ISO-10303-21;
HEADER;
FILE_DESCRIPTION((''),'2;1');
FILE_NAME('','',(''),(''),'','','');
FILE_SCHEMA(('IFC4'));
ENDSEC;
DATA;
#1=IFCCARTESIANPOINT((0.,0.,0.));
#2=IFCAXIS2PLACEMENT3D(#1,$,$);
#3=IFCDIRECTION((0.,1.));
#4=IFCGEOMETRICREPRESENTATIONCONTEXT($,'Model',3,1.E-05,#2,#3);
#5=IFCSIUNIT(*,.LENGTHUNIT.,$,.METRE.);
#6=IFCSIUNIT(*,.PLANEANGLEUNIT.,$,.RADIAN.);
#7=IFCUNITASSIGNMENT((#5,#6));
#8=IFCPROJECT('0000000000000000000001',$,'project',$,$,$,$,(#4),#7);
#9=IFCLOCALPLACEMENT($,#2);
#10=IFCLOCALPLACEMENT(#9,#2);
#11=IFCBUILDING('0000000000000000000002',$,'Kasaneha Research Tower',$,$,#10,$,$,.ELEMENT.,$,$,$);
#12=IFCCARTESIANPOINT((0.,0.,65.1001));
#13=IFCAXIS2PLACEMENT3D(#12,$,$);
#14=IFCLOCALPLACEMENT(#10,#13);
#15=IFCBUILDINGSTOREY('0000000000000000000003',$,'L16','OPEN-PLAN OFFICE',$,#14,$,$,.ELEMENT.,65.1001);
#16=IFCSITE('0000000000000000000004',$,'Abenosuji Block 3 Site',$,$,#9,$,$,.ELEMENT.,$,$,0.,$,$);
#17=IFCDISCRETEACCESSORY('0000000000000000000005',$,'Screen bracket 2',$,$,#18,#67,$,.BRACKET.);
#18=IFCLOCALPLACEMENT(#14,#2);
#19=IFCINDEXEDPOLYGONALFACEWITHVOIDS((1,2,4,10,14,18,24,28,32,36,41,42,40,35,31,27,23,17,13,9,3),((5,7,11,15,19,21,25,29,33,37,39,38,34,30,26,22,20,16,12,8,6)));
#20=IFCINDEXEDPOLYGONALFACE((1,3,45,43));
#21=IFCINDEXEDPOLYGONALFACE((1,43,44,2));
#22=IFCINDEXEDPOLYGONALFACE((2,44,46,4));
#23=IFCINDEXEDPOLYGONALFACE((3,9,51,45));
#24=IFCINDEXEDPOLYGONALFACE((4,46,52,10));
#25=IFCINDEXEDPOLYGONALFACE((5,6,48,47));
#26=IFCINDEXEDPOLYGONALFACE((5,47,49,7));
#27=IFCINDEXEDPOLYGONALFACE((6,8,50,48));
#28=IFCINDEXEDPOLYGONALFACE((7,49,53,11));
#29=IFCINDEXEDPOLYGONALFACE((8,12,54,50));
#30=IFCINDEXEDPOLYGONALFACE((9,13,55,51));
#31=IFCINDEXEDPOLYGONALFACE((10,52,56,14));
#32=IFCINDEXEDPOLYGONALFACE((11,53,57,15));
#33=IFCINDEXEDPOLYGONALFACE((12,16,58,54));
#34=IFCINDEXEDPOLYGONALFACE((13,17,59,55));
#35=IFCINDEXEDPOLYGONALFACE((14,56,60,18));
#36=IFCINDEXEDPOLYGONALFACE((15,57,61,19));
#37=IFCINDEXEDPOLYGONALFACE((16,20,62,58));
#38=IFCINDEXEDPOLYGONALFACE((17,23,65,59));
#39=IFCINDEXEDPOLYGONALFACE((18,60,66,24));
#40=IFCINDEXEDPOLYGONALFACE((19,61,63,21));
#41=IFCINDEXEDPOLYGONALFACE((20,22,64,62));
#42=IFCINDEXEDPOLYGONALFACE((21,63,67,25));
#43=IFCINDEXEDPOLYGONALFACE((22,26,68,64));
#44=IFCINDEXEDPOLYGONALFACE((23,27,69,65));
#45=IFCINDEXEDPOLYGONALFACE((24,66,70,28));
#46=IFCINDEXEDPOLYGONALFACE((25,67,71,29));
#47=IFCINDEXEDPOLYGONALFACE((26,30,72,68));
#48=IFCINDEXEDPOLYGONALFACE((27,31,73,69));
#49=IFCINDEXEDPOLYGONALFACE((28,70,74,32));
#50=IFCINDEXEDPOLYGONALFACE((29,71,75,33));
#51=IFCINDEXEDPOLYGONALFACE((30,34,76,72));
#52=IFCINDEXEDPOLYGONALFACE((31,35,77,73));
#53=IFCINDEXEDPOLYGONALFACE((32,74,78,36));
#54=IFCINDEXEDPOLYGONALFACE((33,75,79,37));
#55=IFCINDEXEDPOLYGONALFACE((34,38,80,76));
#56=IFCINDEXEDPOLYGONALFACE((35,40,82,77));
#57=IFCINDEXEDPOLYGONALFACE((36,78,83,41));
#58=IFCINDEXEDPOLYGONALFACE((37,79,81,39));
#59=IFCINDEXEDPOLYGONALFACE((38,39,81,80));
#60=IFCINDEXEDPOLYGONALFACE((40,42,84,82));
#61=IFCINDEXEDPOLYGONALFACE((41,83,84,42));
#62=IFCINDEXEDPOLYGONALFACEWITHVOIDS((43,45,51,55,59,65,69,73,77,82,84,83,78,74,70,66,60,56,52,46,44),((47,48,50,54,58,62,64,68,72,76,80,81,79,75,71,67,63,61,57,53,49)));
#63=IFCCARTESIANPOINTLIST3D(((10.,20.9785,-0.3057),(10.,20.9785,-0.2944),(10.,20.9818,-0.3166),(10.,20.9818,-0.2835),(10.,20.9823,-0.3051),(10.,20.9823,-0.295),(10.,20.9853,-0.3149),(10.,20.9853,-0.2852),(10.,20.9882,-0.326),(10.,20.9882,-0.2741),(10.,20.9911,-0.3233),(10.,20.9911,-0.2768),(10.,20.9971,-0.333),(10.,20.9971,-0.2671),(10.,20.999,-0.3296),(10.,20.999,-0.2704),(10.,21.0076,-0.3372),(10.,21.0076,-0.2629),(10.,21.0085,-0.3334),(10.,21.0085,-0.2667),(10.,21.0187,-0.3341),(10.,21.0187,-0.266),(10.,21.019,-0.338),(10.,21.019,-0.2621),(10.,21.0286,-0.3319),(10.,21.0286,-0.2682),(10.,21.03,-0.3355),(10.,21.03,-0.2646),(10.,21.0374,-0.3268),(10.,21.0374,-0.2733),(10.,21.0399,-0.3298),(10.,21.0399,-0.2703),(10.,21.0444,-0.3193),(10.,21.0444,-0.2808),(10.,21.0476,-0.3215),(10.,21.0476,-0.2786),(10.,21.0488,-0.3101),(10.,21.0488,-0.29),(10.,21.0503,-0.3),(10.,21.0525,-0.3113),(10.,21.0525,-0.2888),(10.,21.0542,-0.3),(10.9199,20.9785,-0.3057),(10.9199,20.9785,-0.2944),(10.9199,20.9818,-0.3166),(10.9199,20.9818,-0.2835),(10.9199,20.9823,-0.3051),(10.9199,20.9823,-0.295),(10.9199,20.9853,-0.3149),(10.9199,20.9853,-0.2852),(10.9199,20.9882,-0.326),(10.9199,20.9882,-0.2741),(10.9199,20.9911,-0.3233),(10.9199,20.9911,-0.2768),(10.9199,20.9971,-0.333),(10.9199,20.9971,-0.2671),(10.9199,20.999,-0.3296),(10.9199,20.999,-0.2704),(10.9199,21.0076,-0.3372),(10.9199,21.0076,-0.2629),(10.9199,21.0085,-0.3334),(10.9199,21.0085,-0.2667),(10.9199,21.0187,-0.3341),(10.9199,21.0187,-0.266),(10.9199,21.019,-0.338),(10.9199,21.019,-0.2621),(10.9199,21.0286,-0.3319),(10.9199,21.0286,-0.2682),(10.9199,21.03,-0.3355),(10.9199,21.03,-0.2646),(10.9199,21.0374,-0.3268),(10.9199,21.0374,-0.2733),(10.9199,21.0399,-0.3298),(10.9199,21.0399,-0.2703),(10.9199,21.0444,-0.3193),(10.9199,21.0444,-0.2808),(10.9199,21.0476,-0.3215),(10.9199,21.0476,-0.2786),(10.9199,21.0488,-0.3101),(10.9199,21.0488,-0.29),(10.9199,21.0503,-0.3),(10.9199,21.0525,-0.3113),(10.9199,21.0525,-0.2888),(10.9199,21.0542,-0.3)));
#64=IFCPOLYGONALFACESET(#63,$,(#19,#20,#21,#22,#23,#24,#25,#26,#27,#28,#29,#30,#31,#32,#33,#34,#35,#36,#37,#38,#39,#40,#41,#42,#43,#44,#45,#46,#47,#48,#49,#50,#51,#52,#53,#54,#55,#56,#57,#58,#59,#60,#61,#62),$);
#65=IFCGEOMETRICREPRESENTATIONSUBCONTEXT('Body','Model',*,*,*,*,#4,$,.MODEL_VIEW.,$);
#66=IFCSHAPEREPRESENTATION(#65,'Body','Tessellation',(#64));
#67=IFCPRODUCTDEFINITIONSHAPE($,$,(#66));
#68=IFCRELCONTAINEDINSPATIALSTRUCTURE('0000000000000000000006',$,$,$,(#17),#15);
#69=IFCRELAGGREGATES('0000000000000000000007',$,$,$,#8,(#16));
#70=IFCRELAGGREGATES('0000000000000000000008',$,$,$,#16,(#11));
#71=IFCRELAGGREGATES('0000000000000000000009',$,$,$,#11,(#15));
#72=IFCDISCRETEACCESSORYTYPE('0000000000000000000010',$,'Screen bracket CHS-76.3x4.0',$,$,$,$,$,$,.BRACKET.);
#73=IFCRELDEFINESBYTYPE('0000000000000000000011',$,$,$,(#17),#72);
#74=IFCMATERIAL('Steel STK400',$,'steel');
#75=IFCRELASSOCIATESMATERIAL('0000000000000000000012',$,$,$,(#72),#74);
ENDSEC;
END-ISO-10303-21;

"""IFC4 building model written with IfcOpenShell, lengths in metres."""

from ifc_helpers import new_model, si_unit, direction, frame, origin, origin_2d, place, context, subcontext, project, spatial, hollow_circle, extrude, material, material_profile, profile_set, type_object, element, save


model = new_model("IFC4")

# Units and contexts
model_context = context("Model", 3, precision=1e-05, world=origin(), true_north=direction((0.0, 1.0)))
body_context = subcontext(model_context, "Body", "Model", "MODEL_VIEW")
ifc_project = project(units=[si_unit("LENGTHUNIT", "METRE"), si_unit("PLANEANGLEUNIT", "RADIAN")], contexts=[model_context])

# Site, building, storey
site_placement = place(None, origin())
site = spatial("IfcSite", under=ifc_project, at=site_placement, Name="Abenosuji Block 3 Site", CompositionType="ELEMENT", RefElevation=0.0)
building_placement = place(site_placement, origin())
building = spatial("IfcBuilding", under=site, at=building_placement, Name="Kasaneha Research Tower", CompositionType="ELEMENT")
storey_placement = place(building_placement, frame((0.0, 0.0, 65.1001)))
storey = spatial("IfcBuildingStorey", under=building, at=storey_placement, Name="L16", Description="OPEN-PLAN OFFICE", CompositionType="ELEMENT", Elevation=65.1001)

# Discrete accessory
ifc_material_1 = material(Name="Steel STK400", Category="steel")
ifc_material_profile_1 = material_profile(ifc_material_1, hollow_circle(Radius=0.0381, WallThickness=0.0039, at=origin_2d()), Name="CHS-76.3x4.0")
ifc_profile_set_1 = profile_set([ifc_material_profile_1], Name="Steel STK400")
discrete_accessory_type = type_object("IfcDiscreteAccessoryType", Name="Screen bracket CHS-76.3x4.0", PredefinedType="BRACKET", material=ifc_profile_set_1)
discrete_accessory_1_placement = place(storey_placement, frame((10.0, 21.0161, -0.3), z_axis=(1.0, 0.0, 0.0), x_axis=(0.0, 1.0, 0.0)))
element("IfcDiscreteAccessory", 1, at=discrete_accessory_1_placement, inside=storey, type_object=discrete_accessory_type, Name="Screen bracket 2", PredefinedType="BRACKET", context=body_context, shape_type="SweptSolid", body=[
    extrude(hollow_circle(Radius=0.0381, WallThickness=0.0039, at=origin_2d()), origin(), (0.0, 0.0, 1.0), 0.9199),
])

save(model, "model.ifc")
